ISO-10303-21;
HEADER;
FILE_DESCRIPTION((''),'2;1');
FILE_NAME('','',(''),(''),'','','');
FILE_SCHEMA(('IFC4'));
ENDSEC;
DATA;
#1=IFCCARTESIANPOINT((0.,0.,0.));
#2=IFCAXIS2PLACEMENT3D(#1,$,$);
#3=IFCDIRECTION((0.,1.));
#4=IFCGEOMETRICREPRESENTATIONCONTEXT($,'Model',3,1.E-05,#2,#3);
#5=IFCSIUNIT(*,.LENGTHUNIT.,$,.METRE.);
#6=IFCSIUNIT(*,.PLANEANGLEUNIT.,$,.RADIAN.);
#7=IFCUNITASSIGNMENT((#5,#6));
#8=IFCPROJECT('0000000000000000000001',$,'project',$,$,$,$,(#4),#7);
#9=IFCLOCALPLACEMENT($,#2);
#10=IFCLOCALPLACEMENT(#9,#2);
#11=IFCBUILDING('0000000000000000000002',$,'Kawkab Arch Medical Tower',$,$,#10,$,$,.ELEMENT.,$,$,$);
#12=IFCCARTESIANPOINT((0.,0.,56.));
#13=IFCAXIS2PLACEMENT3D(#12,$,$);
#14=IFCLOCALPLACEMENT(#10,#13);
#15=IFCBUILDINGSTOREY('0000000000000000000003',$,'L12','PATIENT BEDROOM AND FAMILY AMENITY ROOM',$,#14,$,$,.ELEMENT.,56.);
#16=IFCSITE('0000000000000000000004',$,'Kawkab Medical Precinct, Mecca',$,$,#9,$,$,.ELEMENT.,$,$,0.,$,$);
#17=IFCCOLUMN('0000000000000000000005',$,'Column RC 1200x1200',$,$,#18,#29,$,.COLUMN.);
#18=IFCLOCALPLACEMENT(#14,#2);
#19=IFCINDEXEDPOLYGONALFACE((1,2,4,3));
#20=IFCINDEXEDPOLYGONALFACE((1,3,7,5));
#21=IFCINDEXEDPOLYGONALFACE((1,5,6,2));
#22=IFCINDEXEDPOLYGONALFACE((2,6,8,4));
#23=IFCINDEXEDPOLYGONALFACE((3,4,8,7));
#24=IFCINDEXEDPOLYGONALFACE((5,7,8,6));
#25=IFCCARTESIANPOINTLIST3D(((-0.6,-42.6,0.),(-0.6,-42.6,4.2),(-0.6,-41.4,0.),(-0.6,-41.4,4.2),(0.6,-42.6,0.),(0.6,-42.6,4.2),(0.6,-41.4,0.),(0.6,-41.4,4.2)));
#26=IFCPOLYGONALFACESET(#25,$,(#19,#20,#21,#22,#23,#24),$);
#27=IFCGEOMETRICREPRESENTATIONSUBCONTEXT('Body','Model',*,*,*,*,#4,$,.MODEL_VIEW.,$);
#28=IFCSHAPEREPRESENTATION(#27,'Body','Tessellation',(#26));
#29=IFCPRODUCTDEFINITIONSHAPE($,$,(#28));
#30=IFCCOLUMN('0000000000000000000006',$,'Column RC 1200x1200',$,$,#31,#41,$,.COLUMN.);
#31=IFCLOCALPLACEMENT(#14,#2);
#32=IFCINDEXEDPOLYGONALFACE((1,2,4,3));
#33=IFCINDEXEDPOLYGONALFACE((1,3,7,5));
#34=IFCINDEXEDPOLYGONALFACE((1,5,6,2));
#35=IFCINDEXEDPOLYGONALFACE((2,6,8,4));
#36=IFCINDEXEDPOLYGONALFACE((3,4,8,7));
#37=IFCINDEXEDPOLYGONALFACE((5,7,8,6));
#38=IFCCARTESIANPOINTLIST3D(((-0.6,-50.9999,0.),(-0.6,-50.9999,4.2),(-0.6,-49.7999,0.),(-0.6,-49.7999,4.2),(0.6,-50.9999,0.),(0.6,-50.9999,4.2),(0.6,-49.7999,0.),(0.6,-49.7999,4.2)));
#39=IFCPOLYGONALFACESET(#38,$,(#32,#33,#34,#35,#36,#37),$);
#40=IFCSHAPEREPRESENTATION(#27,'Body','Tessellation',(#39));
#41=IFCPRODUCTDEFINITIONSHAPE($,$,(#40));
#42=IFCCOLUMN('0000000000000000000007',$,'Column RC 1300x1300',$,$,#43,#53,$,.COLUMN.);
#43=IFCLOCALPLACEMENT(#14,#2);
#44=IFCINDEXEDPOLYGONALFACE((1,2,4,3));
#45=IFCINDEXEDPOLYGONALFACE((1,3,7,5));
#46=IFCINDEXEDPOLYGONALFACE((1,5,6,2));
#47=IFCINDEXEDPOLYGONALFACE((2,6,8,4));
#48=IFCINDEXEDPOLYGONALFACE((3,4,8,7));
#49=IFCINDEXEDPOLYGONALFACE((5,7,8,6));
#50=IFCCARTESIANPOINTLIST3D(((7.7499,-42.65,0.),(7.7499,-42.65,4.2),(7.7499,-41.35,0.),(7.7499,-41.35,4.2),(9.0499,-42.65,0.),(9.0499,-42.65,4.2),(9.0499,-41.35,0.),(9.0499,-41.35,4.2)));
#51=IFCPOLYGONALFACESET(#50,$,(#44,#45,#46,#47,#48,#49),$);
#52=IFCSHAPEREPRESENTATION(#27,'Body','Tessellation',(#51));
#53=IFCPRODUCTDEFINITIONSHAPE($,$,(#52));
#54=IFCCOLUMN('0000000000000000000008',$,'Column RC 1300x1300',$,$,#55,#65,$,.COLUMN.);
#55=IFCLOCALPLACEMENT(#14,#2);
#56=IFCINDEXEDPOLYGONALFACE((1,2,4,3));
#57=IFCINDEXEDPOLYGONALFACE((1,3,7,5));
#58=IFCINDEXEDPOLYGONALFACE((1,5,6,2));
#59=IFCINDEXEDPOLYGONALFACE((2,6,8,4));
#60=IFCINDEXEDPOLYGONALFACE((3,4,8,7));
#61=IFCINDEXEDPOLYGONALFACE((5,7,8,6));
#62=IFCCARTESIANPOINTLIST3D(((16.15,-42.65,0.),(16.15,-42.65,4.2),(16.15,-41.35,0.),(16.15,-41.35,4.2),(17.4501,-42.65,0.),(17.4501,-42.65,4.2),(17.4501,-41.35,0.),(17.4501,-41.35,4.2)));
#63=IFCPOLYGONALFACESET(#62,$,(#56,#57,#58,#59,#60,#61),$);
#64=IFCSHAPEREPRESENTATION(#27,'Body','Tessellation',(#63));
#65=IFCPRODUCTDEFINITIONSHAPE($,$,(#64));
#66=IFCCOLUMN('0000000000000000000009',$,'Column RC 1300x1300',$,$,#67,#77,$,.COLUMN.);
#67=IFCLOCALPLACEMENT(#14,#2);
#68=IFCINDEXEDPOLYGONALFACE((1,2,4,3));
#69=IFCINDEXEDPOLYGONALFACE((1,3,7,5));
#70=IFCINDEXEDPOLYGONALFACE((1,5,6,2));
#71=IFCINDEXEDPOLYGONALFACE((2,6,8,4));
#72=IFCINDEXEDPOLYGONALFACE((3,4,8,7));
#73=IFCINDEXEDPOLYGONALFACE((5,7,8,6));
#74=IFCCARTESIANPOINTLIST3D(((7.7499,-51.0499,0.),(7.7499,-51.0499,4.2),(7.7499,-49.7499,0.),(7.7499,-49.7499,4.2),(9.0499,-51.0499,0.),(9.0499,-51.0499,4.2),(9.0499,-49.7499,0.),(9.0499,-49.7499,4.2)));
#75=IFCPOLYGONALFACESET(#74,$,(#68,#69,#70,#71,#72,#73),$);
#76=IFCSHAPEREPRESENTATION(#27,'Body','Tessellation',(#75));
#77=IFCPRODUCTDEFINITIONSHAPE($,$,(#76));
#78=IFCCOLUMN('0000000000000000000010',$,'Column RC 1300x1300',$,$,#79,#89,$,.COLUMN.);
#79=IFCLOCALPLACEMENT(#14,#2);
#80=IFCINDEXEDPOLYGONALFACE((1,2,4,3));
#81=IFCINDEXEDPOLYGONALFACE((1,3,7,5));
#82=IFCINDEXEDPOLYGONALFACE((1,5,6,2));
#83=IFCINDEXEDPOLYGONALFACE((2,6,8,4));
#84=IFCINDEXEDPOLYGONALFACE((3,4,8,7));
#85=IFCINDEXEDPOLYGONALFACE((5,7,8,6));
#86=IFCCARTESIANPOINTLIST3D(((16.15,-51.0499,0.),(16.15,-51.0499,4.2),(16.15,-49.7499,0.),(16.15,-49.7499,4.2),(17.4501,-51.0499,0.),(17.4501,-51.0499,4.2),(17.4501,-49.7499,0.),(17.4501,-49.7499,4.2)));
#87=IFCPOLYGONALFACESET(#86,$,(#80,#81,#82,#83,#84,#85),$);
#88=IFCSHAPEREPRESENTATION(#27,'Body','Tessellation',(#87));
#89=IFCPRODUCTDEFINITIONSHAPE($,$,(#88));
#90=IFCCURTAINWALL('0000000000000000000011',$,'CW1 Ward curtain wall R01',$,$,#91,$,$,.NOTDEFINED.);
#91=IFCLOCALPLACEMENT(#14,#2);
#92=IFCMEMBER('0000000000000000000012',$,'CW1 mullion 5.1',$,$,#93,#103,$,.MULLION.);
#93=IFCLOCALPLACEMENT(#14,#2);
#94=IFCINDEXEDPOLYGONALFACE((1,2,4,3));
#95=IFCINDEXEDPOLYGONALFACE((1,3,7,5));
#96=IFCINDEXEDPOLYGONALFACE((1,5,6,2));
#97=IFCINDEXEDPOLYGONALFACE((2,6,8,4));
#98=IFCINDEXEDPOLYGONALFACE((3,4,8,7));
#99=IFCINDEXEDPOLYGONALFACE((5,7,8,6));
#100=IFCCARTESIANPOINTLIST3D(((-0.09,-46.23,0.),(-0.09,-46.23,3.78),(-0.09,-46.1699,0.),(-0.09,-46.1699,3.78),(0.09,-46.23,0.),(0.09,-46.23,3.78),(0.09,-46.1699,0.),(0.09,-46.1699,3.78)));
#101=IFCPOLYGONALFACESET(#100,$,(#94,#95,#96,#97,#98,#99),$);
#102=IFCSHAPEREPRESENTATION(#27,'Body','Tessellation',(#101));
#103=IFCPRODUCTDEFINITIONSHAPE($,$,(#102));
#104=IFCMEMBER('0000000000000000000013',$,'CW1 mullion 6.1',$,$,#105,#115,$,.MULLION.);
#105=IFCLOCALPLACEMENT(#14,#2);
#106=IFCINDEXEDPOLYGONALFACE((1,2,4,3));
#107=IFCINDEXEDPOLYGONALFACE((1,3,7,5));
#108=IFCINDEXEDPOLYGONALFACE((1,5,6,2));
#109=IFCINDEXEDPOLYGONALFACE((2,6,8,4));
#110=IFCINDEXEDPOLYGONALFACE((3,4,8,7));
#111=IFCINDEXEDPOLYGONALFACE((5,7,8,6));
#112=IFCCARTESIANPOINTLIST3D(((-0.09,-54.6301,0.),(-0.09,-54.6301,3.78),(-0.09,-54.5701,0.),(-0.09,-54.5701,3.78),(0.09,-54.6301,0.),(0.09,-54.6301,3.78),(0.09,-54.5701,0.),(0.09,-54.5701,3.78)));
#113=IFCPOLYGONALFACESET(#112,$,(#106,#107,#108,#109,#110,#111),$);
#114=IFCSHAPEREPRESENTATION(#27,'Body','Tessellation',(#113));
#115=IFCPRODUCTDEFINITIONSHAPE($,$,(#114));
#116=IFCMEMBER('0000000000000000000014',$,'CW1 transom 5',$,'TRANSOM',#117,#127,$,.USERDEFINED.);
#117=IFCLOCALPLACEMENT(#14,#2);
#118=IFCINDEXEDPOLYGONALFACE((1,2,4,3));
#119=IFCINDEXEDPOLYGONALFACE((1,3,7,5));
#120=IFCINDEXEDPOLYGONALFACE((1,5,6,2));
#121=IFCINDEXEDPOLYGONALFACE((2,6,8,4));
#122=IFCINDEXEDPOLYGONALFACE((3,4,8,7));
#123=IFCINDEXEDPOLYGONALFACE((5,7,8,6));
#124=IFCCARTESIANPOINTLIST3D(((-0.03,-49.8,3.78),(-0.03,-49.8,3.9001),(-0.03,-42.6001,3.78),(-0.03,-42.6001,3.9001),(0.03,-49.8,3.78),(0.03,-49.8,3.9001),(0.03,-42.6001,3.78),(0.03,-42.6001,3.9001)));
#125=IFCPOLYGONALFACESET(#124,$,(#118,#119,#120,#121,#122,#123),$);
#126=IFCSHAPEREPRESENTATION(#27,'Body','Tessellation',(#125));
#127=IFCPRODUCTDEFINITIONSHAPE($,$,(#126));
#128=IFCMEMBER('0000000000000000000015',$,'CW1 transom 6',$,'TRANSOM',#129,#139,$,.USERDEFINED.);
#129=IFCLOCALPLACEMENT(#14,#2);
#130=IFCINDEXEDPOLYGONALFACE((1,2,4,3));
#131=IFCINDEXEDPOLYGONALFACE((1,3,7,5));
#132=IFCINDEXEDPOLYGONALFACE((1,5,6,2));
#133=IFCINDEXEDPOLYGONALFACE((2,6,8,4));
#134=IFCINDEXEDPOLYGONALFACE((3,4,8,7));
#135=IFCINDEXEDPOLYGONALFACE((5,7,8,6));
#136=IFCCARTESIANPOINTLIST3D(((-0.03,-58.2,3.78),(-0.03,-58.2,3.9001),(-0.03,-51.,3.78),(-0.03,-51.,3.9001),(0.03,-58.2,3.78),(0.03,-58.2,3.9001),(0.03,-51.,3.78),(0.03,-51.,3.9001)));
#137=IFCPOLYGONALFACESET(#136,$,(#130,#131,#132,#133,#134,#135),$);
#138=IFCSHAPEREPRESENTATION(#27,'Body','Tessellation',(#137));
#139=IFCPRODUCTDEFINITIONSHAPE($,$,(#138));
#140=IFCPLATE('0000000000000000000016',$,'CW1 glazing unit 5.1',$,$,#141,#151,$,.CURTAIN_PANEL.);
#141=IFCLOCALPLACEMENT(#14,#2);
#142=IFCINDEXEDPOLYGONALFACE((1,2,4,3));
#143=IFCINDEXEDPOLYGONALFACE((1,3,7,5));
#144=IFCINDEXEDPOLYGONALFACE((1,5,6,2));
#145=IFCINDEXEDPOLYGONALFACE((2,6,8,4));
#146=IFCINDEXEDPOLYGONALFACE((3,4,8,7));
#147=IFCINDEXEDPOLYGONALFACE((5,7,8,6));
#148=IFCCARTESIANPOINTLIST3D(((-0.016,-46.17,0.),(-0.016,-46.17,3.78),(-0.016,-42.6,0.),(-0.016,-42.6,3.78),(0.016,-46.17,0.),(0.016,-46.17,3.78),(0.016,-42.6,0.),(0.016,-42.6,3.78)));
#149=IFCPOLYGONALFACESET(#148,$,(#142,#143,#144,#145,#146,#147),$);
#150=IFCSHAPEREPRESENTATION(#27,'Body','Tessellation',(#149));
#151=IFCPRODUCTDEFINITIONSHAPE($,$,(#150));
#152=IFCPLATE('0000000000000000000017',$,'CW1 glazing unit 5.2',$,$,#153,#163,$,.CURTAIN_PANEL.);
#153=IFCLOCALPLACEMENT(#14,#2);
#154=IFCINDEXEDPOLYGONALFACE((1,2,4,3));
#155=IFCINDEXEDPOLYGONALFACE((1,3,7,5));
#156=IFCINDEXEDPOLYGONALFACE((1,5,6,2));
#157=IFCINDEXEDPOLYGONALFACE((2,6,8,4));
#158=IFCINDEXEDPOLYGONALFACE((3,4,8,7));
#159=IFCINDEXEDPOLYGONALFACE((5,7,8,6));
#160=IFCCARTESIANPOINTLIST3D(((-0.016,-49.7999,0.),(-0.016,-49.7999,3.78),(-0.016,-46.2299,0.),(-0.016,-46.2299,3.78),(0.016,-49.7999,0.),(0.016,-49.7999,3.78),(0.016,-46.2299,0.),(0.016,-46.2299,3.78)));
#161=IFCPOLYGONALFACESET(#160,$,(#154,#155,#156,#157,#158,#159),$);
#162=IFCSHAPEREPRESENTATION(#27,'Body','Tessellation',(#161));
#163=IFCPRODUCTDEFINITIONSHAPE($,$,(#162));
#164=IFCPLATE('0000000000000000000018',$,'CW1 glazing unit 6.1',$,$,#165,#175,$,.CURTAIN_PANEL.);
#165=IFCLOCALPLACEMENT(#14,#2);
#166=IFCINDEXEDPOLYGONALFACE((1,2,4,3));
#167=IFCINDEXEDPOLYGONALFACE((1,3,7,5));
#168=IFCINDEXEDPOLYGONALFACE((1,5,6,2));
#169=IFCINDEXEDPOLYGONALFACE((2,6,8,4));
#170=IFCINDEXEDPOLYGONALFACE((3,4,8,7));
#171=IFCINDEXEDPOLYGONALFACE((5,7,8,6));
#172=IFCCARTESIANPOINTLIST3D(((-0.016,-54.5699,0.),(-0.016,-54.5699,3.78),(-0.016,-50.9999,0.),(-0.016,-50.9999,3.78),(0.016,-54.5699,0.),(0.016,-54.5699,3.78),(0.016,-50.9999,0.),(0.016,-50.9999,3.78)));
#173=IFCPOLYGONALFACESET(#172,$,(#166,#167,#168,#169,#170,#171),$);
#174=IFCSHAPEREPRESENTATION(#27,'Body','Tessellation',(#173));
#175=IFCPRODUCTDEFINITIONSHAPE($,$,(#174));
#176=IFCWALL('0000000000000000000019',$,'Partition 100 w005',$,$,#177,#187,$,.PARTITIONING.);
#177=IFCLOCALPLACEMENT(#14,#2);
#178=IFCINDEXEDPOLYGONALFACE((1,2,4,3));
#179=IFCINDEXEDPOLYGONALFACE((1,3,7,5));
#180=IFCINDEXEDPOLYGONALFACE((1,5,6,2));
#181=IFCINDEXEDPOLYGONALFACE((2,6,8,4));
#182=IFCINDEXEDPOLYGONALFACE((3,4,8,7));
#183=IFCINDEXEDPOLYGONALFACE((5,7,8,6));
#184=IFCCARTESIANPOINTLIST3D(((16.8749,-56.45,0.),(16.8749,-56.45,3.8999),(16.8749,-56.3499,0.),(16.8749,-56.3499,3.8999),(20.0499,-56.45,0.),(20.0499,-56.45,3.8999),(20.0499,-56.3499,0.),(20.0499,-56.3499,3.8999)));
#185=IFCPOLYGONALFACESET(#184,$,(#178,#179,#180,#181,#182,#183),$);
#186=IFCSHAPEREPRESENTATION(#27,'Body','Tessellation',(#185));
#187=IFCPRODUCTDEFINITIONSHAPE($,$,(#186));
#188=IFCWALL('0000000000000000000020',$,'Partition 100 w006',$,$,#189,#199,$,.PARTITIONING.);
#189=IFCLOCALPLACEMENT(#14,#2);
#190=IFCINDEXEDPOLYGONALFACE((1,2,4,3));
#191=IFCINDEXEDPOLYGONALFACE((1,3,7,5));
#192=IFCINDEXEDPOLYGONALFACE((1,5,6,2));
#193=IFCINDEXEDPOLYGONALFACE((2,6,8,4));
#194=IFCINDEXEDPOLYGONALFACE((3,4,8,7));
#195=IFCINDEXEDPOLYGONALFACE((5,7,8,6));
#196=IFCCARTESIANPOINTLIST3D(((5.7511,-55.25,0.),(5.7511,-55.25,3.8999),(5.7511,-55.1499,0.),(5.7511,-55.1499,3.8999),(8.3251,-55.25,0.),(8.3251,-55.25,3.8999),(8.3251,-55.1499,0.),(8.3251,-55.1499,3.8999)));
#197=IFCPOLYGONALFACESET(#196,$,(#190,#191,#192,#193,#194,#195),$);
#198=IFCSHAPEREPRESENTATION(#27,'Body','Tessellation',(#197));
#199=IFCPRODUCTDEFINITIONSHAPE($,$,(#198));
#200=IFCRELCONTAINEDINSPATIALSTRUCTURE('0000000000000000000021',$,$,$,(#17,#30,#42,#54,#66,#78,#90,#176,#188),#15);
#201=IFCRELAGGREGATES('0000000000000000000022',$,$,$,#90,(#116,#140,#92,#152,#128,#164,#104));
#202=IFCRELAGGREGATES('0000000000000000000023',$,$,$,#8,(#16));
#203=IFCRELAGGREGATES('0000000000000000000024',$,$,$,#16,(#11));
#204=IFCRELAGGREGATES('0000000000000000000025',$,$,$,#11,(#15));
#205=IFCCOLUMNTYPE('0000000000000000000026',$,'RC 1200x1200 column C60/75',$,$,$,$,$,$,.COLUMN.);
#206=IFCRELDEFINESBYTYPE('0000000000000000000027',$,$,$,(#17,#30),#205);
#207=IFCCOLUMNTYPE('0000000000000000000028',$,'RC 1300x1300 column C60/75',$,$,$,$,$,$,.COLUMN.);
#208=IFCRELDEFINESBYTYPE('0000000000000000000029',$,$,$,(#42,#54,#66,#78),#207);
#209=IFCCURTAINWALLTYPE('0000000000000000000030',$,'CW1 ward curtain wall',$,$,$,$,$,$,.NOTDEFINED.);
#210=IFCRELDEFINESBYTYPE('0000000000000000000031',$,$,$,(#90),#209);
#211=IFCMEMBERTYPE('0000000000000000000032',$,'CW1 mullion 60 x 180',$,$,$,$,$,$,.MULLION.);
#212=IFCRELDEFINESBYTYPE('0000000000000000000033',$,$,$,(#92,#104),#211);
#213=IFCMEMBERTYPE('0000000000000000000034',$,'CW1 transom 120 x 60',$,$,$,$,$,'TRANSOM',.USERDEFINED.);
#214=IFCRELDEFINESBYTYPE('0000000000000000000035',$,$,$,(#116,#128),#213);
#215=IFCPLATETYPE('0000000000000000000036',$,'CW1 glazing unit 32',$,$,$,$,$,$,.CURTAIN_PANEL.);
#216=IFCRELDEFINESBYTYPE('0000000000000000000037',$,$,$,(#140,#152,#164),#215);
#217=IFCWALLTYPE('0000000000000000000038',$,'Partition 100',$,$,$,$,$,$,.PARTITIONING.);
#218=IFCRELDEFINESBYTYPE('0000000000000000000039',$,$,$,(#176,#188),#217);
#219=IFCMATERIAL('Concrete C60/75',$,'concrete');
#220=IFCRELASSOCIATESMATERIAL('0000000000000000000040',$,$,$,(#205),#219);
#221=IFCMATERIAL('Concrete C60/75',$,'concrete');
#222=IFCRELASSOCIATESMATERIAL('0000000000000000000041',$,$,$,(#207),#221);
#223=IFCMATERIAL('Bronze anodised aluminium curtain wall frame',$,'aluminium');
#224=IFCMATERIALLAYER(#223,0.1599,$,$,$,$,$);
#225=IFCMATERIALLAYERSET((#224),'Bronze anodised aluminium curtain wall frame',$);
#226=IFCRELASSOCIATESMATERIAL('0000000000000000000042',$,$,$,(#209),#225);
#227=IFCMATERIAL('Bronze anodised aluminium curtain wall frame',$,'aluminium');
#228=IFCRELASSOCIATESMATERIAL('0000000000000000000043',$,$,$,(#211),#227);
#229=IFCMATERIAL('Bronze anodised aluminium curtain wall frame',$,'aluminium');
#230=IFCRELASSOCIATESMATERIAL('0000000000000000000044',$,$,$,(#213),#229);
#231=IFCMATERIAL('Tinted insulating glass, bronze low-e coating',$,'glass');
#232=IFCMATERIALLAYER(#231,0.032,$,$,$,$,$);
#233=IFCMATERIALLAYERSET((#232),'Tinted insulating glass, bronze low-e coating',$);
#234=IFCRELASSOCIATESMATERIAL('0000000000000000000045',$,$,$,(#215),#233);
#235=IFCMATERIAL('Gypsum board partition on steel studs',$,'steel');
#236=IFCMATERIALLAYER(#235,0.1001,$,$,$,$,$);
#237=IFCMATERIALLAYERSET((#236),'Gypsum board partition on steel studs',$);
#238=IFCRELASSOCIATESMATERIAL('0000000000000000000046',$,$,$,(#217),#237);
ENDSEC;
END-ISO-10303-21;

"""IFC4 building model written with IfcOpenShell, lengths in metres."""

from ifc_helpers import new_model, si_unit, direction, frame, frame_2d, origin, origin_2d, place, context, subcontext, project, spatial, rectangle, extrude, material, layer, layer_set, material_profile, profile_set, type_object, element, aggregate, save


model = new_model("IFC4")

# Units and contexts
model_context = context("Model", 3, precision=1e-05, world=origin(), true_north=direction((0.0, 1.0)))
body_context = subcontext(model_context, "Body", "Model", "MODEL_VIEW")
ifc_project = project(units=[si_unit("LENGTHUNIT", "METRE"), si_unit("PLANEANGLEUNIT", "RADIAN")], contexts=[model_context])

# Site, building, storey
site_placement = place(None, origin())
site = spatial("IfcSite", under=ifc_project, at=site_placement, Name="Kawkab Medical Precinct, Mecca", CompositionType="ELEMENT", RefElevation=0.0)
building_placement = place(site_placement, origin())
building = spatial("IfcBuilding", under=site, at=building_placement, Name="Kawkab Arch Medical Tower", CompositionType="ELEMENT")
storey_placement = place(building_placement, frame((0.0, 0.0, 56.0)))
storey = spatial("IfcBuildingStorey", under=building, at=storey_placement, Name="L12", Description="PATIENT BEDROOM AND FAMILY AMENITY ROOM", CompositionType="ELEMENT", Elevation=56.0)

# Columns
ifc_material_1 = material(Name="Concrete C60/75", Category="concrete")
ifc_material_profile_1 = material_profile(ifc_material_1, rectangle(XDim=1.2, YDim=1.2, at=origin_2d()), Name="RC 1200x1200")
ifc_profile_set_1 = profile_set([ifc_material_profile_1], Name="Concrete C60/75")
column_type_1 = type_object("IfcColumnType", Name="RC 1200x1200 column C60/75", PredefinedType="COLUMN", material=ifc_profile_set_1)
for number, where, z_axis, x_axis, name in (
    (1, (0.0, -42.0, 0.0), (0.0, 0.0, 1.0), (1.0, 0.0, 0.0), "Column RC 1200x1200"),
    (2, (0.0, -50.3999, 0.0), (0.0, 0.0, 1.0), (1.0, 0.0, 0.0), "Column RC 1200x1200"),
):
    element("IfcColumn", number, at=place(storey_placement, frame(where, z_axis=z_axis, x_axis=x_axis)), inside=storey, type_object=column_type_1, Name=name, PredefinedType="COLUMN", context=body_context, shape_type="SweptSolid", body=[
        extrude(rectangle(XDim=1.2, YDim=1.2, at=origin_2d()), origin(), (0.0, 0.0, 1.0), 4.2),
    ])
ifc_material_2 = material(Name="Concrete C60/75", Category="concrete")
ifc_material_profile_2 = material_profile(ifc_material_2, rectangle(XDim=1.3, YDim=1.3, at=origin_2d()), Name="RC 1300x1300")
ifc_profile_set_2 = profile_set([ifc_material_profile_2], Name="Concrete C60/75")
column_type_2 = type_object("IfcColumnType", Name="RC 1300x1300 column C60/75", PredefinedType="COLUMN", material=ifc_profile_set_2)
for number, where, z_axis, x_axis, name in (
    (3, (8.3999, -42.0, 0.0), (0.0, 0.0, 1.0), (1.0, 0.0, 0.0), "Column RC 1300x1300"),
    (4, (16.8, -42.0, 0.0), (0.0, 0.0, 1.0), (1.0, 0.0, 0.0), "Column RC 1300x1300"),
    (5, (8.3999, -50.3999, 0.0), (0.0, 0.0, 1.0), (1.0, 0.0, 0.0), "Column RC 1300x1300"),
    (6, (16.8, -50.3999, 0.0), (0.0, 0.0, 1.0), (1.0, 0.0, 0.0), "Column RC 1300x1300"),
):
    element("IfcColumn", number, at=place(storey_placement, frame(where, z_axis=z_axis, x_axis=x_axis)), inside=storey, type_object=column_type_2, Name=name, PredefinedType="COLUMN", context=body_context, shape_type="SweptSolid", body=[
        extrude(rectangle(XDim=1.3, YDim=1.3, at=origin_2d()), origin(), (0.0, 0.0, 1.0), 4.2),
    ])

# Curtain wall, members, plates
ifc_material_3 = material(Name="Bronze anodised aluminium curtain wall frame", Category="aluminium")
ifc_layer_1 = layer(ifc_material_3, 0.1599)
ifc_layer_set_1 = layer_set([ifc_layer_1], Name="Bronze anodised aluminium curtain wall frame")
curtain_wall_type = type_object("IfcCurtainWallType", Name="CW1 ward curtain wall", PredefinedType="NOTDEFINED", material=ifc_layer_set_1)
curtain_wall_placement = place(storey_placement, origin())
curtain_wall = element("IfcCurtainWall", 7, at=curtain_wall_placement, inside=storey, type_object=curtain_wall_type, Name="CW1 Ward curtain wall R01", PredefinedType="NOTDEFINED")
ifc_material_4 = material(Name="Bronze anodised aluminium curtain wall frame", Category="aluminium")
ifc_material_profile_3 = material_profile(ifc_material_4, rectangle(XDim=0.1799, YDim=0.0601, at=origin_2d()), Name="AL 60x180")
ifc_profile_set_3 = profile_set([ifc_material_profile_3], Name="Bronze anodised aluminium curtain wall frame")
member_type_1 = type_object("IfcMemberType", Name="CW1 mullion 60 x 180", PredefinedType="MULLION", material=ifc_profile_set_3)
member_1_placement = place(storey_placement, frame((0.0, -46.2, 0.0), z_axis=(0.0, 0.0, 1.0), x_axis=(1.0, 0.0, 0.0)))
member_1 = element("IfcMember", 8, at=member_1_placement, type_object=member_type_1, Name="CW1 mullion 5.1", PredefinedType="MULLION", context=body_context, shape_type="SweptSolid", body=[
    extrude(rectangle(XDim=0.1799, YDim=0.0601, at=origin_2d()), origin(), (0.0, 0.0, 1.0), 3.78),
])
member_2_placement = place(storey_placement, frame((0.0, -54.6001, 0.0), z_axis=(0.0, 0.0, 1.0), x_axis=(1.0, 0.0, 0.0)))
member_2 = element("IfcMember", 9, at=member_2_placement, type_object=member_type_1, Name="CW1 mullion 6.1", PredefinedType="MULLION", context=body_context, shape_type="SweptSolid", body=[
    extrude(rectangle(XDim=0.1799, YDim=0.0601, at=origin_2d()), origin(), (0.0, 0.0, 1.0), 3.78),
])
ifc_material_5 = material(Name="Bronze anodised aluminium curtain wall frame", Category="aluminium")
ifc_material_profile_4 = material_profile(ifc_material_5, rectangle(XDim=0.0601, YDim=0.1201, at=origin_2d()), Name="AL 60x120")
ifc_profile_set_4 = profile_set([ifc_material_profile_4], Name="Bronze anodised aluminium curtain wall frame")
member_type_2 = type_object("IfcMemberType", Name="CW1 transom 120 x 60", ElementType="TRANSOM", PredefinedType="USERDEFINED", material=ifc_profile_set_4)
member_3_placement = place(storey_placement, frame((0.0, -42.6001, 3.8401), z_axis=(0.0, -1.0, 0.0), x_axis=(1.0, 0.0, 0.0)))
member_3 = element("IfcMember", 10, at=member_3_placement, type_object=member_type_2, Name="CW1 transom 5", ObjectType="TRANSOM", PredefinedType="USERDEFINED", context=body_context, shape_type="SweptSolid", body=[
    extrude(rectangle(XDim=0.0601, YDim=0.1201, at=origin_2d()), origin(), (0.0, 0.0, 1.0), 7.2),
])
member_4_placement = place(storey_placement, frame((0.0, -51.0, 3.8401), z_axis=(0.0, -1.0, 0.0), x_axis=(1.0, 0.0, 0.0)))
member_4 = element("IfcMember", 11, at=member_4_placement, type_object=member_type_2, Name="CW1 transom 6", ObjectType="TRANSOM", PredefinedType="USERDEFINED", context=body_context, shape_type="SweptSolid", body=[
    extrude(rectangle(XDim=0.0601, YDim=0.1201, at=origin_2d()), origin(), (0.0, 0.0, 1.0), 7.2),
])
ifc_material_6 = material(Name="Tinted insulating glass, bronze low-e coating", Category="glass")
ifc_layer_2 = layer(ifc_material_6, 0.032)
ifc_layer_set_2 = layer_set([ifc_layer_2], Name="Tinted insulating glass, bronze low-e coating")
plate_type = type_object("IfcPlateType", Name="CW1 glazing unit 32", PredefinedType="CURTAIN_PANEL", material=ifc_layer_set_2)
plate_1_placement = place(storey_placement, frame((0.0, -44.385, 0.0), z_axis=(0.0, 0.0, 1.0), x_axis=(0.0, -1.0, 0.0)))
plate_1 = element("IfcPlate", 12, at=plate_1_placement, type_object=plate_type, Name="CW1 glazing unit 5.1", PredefinedType="CURTAIN_PANEL", context=body_context, shape_type="SweptSolid", body=[
    extrude(rectangle(XDim=3.5701, YDim=0.032, at=origin_2d()), origin(), (0.0, 0.0, 1.0), 3.78),
])
plate_2_placement = place(storey_placement, frame((0.0, -48.0149, 0.0), z_axis=(0.0, 0.0, 1.0), x_axis=(0.0, -1.0, 0.0)))
plate_2 = element("IfcPlate", 13, at=plate_2_placement, type_object=plate_type, Name="CW1 glazing unit 5.2", PredefinedType="CURTAIN_PANEL", context=body_context, shape_type="SweptSolid", body=[
    extrude(rectangle(XDim=3.5701, YDim=0.032, at=origin_2d()), origin(), (0.0, 0.0, 1.0), 3.78),
])
plate_3_placement = place(storey_placement, frame((0.0, -52.7849, 0.0), z_axis=(0.0, 0.0, 1.0), x_axis=(0.0, -1.0, 0.0)))
plate_3 = element("IfcPlate", 14, at=plate_3_placement, type_object=plate_type, Name="CW1 glazing unit 6.1", PredefinedType="CURTAIN_PANEL", context=body_context, shape_type="SweptSolid", body=[
    extrude(rectangle(XDim=3.5701, YDim=0.032, at=origin_2d()), origin(), (0.0, 0.0, 1.0), 3.78),
])
aggregate(curtain_wall, [member_3, plate_1, member_1, plate_2, member_4, plate_3, member_2])

# Walls
ifc_material_7 = material(Name="Gypsum board partition on steel studs", Category="steel")
ifc_layer_3 = layer(ifc_material_7, 0.1001)
ifc_layer_set_3 = layer_set([ifc_layer_3], Name="Gypsum board partition on steel studs")
wall_type_1 = type_object("IfcWallType", Name="Partition 100", PredefinedType="PARTITIONING", material=ifc_layer_set_3)
wall_1_placement = place(storey_placement, frame((16.875, -56.3999, 0.0), z_axis=(0.0, 0.0, 1.0), x_axis=(1.0, 0.0, 0.0)))
element("IfcWall", 15, at=wall_1_placement, inside=storey, type_object=wall_type_1, Name="Partition 100 w005", PredefinedType="PARTITIONING", context=body_context, shape_type="SweptSolid", body=[
    extrude(rectangle(XDim=3.175, YDim=0.1001, at=frame_2d((1.5874, 0.0))), origin(), (0.0, 0.0, 1.0), 3.8999),
])
wall_2_placement = place(storey_placement, frame((5.751, -55.2, 0.0), z_axis=(0.0, 0.0, 1.0), x_axis=(1.0, 0.0, 0.0)))
element("IfcWall", 16, at=wall_2_placement, inside=storey, type_object=wall_type_1, Name="Partition 100 w006", PredefinedType="PARTITIONING", context=body_context, shape_type="SweptSolid", body=[
    extrude(rectangle(XDim=2.574, YDim=0.1001, at=frame_2d((1.2871, 0.0))), origin(), (0.0, 0.0, 1.0), 3.8999),
])

save(model, "model.ifc")
